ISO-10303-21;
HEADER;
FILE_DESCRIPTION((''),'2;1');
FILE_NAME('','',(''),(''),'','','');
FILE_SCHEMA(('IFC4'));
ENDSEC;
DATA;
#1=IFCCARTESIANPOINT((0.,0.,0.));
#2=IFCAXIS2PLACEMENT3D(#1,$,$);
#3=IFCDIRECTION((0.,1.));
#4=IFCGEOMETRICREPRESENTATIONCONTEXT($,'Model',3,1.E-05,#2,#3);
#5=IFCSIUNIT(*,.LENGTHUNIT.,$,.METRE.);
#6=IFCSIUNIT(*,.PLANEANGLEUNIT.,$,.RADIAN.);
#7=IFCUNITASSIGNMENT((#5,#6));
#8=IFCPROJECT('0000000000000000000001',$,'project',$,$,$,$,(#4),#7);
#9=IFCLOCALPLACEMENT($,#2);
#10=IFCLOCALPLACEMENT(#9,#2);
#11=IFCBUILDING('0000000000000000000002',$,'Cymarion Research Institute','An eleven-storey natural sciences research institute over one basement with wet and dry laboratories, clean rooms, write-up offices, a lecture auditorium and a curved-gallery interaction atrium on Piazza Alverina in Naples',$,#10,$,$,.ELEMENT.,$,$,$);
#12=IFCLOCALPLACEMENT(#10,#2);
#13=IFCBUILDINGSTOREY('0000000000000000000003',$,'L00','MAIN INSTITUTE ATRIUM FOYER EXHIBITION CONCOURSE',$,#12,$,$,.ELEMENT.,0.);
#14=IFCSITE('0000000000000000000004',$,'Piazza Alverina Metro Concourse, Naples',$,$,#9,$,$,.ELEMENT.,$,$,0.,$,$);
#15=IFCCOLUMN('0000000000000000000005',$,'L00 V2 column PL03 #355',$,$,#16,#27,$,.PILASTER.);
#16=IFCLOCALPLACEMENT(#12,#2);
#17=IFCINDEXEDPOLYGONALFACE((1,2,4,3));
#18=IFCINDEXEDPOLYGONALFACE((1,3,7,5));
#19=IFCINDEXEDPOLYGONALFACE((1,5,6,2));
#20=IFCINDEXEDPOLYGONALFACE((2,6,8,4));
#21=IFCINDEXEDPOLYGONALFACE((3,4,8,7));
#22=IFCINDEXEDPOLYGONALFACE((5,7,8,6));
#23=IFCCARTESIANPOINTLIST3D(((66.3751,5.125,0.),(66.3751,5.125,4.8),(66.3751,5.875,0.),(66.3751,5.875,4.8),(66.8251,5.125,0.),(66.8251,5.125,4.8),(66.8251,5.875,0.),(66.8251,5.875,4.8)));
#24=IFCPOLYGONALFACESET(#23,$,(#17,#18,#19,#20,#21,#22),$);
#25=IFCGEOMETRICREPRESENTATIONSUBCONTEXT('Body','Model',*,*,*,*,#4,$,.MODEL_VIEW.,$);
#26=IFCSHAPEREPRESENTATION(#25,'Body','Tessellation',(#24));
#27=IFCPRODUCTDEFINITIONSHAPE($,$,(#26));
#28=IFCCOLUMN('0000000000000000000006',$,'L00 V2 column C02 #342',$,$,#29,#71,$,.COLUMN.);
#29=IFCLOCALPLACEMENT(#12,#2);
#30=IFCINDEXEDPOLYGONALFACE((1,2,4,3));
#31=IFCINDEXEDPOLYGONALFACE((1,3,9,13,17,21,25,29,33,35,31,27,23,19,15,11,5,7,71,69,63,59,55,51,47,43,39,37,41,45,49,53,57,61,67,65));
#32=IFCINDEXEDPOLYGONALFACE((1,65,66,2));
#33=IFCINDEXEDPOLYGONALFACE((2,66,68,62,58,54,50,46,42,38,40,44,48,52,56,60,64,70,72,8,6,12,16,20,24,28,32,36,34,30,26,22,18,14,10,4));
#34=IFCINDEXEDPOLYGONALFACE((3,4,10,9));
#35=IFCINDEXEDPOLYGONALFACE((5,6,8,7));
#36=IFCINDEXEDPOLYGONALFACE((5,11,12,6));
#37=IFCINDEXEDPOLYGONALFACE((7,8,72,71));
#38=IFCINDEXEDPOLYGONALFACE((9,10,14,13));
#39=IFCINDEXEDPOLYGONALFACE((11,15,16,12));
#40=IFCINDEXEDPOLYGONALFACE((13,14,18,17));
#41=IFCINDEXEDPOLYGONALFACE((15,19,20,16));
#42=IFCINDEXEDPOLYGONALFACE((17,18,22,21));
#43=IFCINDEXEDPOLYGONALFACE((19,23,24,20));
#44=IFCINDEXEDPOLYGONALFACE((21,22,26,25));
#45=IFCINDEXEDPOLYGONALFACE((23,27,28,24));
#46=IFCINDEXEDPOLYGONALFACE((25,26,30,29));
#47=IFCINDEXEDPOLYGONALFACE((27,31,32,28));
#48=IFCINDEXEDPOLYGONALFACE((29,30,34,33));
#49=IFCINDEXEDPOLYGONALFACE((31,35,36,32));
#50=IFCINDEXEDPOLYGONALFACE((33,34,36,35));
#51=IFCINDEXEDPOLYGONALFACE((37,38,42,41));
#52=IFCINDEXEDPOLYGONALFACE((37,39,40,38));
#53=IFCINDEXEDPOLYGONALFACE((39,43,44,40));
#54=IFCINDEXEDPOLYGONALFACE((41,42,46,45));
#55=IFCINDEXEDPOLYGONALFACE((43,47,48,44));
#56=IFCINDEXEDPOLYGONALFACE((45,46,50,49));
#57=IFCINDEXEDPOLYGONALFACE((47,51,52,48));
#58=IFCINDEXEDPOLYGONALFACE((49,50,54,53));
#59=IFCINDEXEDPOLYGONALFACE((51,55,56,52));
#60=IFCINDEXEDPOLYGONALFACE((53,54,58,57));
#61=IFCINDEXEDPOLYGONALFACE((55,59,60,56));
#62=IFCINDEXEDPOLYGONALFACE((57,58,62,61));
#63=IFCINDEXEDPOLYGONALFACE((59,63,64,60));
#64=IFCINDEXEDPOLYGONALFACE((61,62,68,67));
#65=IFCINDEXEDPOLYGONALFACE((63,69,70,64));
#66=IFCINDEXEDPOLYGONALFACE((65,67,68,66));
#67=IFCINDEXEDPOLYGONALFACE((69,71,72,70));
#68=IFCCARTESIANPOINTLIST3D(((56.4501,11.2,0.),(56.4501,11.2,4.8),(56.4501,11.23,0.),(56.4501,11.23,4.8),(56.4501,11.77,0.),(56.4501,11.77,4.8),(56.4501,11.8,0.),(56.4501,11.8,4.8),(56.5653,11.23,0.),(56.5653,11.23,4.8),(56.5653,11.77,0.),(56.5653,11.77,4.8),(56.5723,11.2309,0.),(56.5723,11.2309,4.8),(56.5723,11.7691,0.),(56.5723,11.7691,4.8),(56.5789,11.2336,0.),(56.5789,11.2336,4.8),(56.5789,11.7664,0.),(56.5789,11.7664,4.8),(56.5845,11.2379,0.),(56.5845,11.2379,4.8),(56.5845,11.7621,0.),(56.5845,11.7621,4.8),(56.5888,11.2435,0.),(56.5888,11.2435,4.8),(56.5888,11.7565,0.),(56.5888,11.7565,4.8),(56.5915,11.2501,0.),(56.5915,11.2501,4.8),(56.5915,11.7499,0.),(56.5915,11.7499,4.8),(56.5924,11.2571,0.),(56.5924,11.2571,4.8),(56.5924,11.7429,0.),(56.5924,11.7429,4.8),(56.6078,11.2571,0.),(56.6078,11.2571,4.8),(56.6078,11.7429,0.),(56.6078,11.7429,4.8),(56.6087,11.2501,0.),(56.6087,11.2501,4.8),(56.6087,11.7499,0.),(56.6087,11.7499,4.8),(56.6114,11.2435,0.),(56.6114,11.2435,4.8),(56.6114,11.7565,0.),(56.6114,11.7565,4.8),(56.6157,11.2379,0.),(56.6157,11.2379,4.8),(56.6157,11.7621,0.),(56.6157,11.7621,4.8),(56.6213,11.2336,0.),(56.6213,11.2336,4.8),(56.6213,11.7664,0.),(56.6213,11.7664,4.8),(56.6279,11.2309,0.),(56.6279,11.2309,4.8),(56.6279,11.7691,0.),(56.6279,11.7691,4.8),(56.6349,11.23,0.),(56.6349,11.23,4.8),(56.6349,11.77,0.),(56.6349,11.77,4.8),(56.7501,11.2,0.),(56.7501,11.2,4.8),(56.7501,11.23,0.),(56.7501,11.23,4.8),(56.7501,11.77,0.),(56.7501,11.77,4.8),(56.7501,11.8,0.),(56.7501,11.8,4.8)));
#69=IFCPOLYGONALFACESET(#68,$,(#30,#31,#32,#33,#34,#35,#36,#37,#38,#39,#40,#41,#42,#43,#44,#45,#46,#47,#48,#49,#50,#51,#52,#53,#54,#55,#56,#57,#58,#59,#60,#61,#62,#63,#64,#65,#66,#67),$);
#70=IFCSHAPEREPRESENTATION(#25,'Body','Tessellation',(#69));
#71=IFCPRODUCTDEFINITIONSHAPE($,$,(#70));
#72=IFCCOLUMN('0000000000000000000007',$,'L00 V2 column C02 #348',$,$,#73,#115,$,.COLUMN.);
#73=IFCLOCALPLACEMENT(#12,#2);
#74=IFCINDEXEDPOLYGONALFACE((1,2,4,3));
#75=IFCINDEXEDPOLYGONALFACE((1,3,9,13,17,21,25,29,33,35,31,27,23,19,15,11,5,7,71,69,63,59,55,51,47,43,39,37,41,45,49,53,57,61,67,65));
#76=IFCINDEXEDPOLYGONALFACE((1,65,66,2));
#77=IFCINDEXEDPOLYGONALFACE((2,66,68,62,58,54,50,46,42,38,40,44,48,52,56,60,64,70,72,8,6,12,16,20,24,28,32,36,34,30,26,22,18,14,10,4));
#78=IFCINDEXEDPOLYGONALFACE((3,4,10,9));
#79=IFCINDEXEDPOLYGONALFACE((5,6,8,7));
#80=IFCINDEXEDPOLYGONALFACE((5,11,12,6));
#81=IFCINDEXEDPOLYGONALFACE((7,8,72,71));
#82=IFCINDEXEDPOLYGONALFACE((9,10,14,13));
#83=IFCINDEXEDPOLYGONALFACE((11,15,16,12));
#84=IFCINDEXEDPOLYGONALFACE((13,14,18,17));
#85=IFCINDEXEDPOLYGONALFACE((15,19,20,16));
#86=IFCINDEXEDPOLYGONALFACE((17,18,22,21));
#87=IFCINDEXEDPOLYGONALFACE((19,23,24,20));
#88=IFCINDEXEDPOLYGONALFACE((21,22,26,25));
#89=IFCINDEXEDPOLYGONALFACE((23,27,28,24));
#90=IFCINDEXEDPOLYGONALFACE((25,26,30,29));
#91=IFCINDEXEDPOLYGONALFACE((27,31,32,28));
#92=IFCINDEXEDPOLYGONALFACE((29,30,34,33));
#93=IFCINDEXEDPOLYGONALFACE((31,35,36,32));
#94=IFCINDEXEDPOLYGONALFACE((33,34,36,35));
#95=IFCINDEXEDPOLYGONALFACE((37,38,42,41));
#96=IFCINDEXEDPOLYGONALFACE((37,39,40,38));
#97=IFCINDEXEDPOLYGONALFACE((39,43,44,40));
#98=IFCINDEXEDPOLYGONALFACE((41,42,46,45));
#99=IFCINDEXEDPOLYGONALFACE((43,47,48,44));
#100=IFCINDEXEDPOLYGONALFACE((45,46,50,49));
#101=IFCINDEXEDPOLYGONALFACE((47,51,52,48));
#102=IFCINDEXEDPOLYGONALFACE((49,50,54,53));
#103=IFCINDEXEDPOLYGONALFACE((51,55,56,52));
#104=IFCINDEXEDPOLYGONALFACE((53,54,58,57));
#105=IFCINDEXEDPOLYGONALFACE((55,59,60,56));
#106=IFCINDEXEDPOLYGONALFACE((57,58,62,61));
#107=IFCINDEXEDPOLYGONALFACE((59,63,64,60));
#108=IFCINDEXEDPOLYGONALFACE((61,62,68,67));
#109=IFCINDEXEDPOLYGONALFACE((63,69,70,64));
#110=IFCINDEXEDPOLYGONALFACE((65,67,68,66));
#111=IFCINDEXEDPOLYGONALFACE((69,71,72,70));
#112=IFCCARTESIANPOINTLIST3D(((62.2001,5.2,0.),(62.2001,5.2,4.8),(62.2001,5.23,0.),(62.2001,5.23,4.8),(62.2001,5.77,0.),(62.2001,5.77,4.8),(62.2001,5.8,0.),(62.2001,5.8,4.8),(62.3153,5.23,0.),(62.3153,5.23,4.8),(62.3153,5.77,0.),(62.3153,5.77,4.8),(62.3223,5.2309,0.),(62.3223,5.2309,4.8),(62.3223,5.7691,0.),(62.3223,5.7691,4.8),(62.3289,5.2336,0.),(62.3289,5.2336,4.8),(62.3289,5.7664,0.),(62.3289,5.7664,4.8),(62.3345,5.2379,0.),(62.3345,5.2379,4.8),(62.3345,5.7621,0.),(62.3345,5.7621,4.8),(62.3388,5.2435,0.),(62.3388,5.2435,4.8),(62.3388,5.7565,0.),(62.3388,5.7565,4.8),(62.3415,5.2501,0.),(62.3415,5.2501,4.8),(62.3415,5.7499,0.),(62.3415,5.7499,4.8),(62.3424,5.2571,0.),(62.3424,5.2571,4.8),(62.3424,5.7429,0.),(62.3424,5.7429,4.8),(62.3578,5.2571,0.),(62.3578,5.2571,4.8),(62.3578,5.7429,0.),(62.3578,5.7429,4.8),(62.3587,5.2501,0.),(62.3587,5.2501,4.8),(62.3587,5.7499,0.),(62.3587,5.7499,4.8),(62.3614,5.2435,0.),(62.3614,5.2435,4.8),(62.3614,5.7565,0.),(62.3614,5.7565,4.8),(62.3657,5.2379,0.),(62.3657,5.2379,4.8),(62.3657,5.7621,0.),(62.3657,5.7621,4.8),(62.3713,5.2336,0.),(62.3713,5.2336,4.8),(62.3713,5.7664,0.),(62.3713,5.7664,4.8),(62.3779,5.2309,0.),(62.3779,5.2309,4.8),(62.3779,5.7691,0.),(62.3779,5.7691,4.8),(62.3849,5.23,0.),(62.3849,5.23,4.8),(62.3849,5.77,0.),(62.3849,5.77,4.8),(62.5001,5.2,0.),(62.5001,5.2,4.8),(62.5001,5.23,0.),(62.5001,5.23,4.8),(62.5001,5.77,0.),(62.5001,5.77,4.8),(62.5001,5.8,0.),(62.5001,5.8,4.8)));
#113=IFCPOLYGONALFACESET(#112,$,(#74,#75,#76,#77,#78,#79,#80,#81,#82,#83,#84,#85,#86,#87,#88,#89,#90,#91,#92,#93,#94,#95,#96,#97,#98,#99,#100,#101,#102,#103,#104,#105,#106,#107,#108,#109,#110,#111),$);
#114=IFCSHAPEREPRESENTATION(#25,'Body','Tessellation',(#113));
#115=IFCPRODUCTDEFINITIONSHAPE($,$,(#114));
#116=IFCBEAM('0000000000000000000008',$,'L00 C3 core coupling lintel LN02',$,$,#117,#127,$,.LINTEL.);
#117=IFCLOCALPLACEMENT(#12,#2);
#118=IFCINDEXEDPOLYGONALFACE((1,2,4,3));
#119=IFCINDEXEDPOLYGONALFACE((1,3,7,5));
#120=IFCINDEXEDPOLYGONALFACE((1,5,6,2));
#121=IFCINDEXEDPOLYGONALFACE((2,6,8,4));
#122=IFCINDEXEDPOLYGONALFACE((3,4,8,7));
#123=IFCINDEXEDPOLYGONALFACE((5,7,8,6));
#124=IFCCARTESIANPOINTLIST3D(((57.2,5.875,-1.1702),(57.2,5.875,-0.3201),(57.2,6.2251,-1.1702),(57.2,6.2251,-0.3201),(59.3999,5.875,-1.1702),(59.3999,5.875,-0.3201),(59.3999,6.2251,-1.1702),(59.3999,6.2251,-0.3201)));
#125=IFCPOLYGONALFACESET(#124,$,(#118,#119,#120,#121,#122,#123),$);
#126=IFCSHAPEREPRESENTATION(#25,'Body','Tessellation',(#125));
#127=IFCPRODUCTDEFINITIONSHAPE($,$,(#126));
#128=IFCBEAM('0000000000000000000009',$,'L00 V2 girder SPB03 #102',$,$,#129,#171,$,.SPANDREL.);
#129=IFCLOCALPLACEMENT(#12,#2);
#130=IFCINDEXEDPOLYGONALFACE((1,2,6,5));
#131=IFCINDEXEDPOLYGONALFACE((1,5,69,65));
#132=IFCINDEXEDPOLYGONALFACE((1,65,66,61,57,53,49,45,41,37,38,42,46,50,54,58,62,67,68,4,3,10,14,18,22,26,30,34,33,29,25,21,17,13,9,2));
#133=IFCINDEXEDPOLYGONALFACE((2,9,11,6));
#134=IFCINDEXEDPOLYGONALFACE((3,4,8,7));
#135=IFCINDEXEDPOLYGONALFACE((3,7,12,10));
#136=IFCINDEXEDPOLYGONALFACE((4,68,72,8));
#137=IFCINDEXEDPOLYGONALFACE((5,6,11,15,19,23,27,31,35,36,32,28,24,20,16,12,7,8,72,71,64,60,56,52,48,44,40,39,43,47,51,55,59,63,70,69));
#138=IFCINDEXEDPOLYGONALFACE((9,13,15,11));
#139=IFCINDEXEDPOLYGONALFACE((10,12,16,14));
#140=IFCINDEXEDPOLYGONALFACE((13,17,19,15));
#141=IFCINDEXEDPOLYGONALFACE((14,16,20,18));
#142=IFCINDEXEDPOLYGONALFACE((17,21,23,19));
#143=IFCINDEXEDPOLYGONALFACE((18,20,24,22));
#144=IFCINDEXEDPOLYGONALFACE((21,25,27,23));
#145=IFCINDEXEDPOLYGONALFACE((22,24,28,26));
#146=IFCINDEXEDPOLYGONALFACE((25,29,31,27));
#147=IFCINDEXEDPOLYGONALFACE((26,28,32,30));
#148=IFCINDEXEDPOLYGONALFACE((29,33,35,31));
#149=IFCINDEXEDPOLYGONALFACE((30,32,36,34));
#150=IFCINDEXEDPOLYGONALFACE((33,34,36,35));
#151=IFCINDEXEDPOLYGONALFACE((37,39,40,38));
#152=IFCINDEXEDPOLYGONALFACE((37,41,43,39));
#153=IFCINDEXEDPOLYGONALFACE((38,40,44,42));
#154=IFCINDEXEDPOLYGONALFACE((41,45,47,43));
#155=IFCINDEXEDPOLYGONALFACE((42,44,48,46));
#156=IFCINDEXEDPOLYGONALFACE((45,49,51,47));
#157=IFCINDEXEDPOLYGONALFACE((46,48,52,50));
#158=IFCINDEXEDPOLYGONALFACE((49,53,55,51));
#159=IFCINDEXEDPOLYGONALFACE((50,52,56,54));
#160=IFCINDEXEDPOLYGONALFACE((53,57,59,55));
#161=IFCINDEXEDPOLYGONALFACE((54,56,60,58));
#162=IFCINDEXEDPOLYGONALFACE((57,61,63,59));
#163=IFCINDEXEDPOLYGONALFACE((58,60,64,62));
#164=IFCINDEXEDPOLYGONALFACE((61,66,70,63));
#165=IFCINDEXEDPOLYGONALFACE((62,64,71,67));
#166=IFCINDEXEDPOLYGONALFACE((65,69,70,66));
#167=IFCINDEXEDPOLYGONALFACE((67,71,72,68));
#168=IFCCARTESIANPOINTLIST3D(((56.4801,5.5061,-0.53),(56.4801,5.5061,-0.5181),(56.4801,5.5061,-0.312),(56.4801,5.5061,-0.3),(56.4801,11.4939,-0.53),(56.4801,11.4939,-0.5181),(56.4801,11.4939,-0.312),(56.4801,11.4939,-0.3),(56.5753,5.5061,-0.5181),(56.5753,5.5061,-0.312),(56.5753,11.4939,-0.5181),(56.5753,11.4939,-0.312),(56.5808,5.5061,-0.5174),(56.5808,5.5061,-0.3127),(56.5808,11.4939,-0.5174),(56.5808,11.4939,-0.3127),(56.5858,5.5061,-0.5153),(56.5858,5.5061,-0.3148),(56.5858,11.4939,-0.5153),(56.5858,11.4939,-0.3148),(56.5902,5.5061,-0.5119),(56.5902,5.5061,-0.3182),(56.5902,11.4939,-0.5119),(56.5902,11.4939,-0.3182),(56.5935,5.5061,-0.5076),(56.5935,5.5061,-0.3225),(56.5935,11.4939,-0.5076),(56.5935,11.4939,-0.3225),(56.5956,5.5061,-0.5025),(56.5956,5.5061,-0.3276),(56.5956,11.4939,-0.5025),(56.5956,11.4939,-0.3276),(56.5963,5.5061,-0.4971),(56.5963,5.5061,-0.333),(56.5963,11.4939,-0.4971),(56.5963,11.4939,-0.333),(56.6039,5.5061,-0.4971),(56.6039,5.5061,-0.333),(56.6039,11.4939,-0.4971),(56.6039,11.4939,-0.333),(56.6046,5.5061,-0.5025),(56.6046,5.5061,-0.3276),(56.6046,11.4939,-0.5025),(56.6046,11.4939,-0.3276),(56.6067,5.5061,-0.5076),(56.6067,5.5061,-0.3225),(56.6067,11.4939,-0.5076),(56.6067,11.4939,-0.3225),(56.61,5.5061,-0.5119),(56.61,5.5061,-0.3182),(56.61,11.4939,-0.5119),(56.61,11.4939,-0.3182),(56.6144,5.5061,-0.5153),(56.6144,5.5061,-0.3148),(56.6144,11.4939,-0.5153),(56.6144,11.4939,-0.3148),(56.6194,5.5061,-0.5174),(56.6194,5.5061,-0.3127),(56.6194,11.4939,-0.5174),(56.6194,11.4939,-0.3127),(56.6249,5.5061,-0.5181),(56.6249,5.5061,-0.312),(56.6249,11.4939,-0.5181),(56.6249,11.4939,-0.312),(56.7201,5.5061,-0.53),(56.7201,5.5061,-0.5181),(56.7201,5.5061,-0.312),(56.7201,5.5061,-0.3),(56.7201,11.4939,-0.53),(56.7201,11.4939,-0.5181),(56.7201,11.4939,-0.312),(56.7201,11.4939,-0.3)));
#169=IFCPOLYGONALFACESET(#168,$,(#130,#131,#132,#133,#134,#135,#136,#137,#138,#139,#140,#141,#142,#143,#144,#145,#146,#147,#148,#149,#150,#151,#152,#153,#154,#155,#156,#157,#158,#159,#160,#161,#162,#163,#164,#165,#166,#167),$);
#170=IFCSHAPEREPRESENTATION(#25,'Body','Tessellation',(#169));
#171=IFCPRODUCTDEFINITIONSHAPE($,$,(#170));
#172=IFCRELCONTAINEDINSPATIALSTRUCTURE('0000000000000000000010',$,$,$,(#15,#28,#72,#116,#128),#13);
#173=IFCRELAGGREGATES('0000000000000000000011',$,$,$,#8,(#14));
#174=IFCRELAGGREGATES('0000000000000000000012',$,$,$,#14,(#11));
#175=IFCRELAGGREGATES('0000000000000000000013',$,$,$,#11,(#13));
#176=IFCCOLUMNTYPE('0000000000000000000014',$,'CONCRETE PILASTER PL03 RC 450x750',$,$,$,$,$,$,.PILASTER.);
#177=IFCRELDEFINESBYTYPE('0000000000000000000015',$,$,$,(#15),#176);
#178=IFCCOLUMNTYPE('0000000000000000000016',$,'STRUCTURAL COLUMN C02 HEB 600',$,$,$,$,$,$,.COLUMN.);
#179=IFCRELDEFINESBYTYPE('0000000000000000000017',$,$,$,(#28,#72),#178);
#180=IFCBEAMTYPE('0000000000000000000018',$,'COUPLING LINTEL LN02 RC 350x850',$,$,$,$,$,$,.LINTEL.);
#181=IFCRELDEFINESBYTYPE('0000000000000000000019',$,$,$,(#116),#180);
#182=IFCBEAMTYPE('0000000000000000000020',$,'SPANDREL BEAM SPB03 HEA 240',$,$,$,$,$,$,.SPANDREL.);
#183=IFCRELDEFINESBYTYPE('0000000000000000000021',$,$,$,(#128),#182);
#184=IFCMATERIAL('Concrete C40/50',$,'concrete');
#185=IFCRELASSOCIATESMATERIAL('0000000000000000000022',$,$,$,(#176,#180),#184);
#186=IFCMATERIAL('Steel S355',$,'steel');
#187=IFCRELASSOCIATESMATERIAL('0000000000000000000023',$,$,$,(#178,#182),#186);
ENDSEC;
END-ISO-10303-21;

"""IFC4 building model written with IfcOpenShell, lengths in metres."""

from ifc_helpers import new_model, si_unit, direction, frame, origin, origin_2d, place, context, subcontext, project, spatial, rectangle, i_section, extrude, material, material_profile, profile_set, type_object, element, save


model = new_model("IFC4")

# Units and contexts
model_context = context("Model", 3, precision=1e-05, world=origin(), true_north=direction((0.0, 1.0)))
body_context = subcontext(model_context, "Body", "Model", "MODEL_VIEW")
ifc_project = project(units=[si_unit("LENGTHUNIT", "METRE"), si_unit("PLANEANGLEUNIT", "RADIAN")], contexts=[model_context])

# Site, building, storey
site_placement = place(None, origin())
site = spatial("IfcSite", under=ifc_project, at=site_placement, Name="Piazza Alverina Metro Concourse, Naples", CompositionType="ELEMENT", RefElevation=0.0)
building_placement = place(site_placement, origin())
building = spatial("IfcBuilding", under=site, at=building_placement, Name="Cymarion Research Institute", Description="An eleven-storey natural sciences research institute over one basement with wet and dry laboratories, clean rooms, write-up offices, a lecture auditorium and a curved-gallery interaction atrium on Piazza Alverina in Naples", CompositionType="ELEMENT")
storey_placement = place(building_placement, origin())
storey = spatial("IfcBuildingStorey", under=building, at=storey_placement, Name="L00", Description="MAIN INSTITUTE ATRIUM FOYER EXHIBITION CONCOURSE", CompositionType="ELEMENT", Elevation=0.0)

# Columns
ifc_material_1 = material(Name="Concrete C40/50", Category="concrete")
ifc_material_profile_1 = material_profile(ifc_material_1, rectangle(XDim=0.45, YDim=0.75, at=origin_2d()), Name="RC 450x750")
ifc_profile_set_1 = profile_set([ifc_material_profile_1], Name="Concrete C40/50")
column_type_1 = type_object("IfcColumnType", Name="CONCRETE PILASTER PL03 RC 450x750", PredefinedType="PILASTER", material=ifc_profile_set_1)
column_placement = place(storey_placement, frame((66.6001, 5.5, 0.0), z_axis=(0.0, 0.0, 1.0), x_axis=(1.0, 0.0, 0.0)))
element("IfcColumn", 1, at=column_placement, inside=storey, type_object=column_type_1, Name="L00 V2 column PL03 #355", PredefinedType="PILASTER", context=body_context, shape_type="SweptSolid", body=[
    extrude(rectangle(XDim=0.45, YDim=0.75, at=origin_2d()), origin(), (0.0, 0.0, 1.0), 4.8),
])
ifc_material_2 = material(Name="Steel S355", Category="steel")
ifc_material_profile_2 = material_profile(ifc_material_2, i_section(OverallWidth=0.3, OverallDepth=0.6001, WebThickness=0.0154, FlangeThickness=0.03, FilletRadius=0.0271, at=origin_2d()), Name="HEB 600")
ifc_profile_set_2 = profile_set([ifc_material_profile_2], Name="Steel S355")
column_type_2 = type_object("IfcColumnType", Name="STRUCTURAL COLUMN C02 HEB 600", PredefinedType="COLUMN", material=ifc_profile_set_2)
for number, where, z_axis, x_axis, name in (
    (2, (56.6001, 11.5, 0.0), (0.0, 0.0, 1.0), (1.0, 0.0, 0.0), "L00 V2 column C02 #342"),
    (3, (62.3501, 5.5, 0.0), (0.0, 0.0, 1.0), (1.0, 0.0, 0.0), "L00 V2 column C02 #348"),
):
    element("IfcColumn", number, at=place(storey_placement, frame(where, z_axis=z_axis, x_axis=x_axis)), inside=storey, type_object=column_type_2, Name=name, PredefinedType="COLUMN", context=body_context, shape_type="SweptSolid", body=[
        extrude(i_section(OverallWidth=0.3, OverallDepth=0.6001, WebThickness=0.0154, FlangeThickness=0.03, FilletRadius=0.0271, at=origin_2d()), origin(), (0.0, 0.0, 1.0), 4.8),
    ])

# Beams
ifc_material_profile_3 = material_profile(ifc_material_1, rectangle(XDim=0.3501, YDim=0.8501, at=origin_2d()), Name="RC 350x850")
ifc_profile_set_3 = profile_set([ifc_material_profile_3], Name="Concrete C40/50")
beam_type_1 = type_object("IfcBeamType", Name="COUPLING LINTEL LN02 RC 350x850", PredefinedType="LINTEL", material=ifc_profile_set_3)
beam_1_placement = place(storey_placement, frame((57.2, 6.05, -0.7451), z_axis=(1.0, 0.0, 0.0), x_axis=(0.0, 1.0, 0.0)))
element("IfcBeam", 4, at=beam_1_placement, inside=storey, type_object=beam_type_1, Name="L00 C3 core coupling lintel LN02", PredefinedType="LINTEL", context=body_context, shape_type="SweptSolid", body=[
    extrude(rectangle(XDim=0.3501, YDim=0.8501, at=origin_2d()), origin(), (0.0, 0.0, 1.0), 2.2),
])
ifc_material_profile_4 = material_profile(ifc_material_2, i_section(OverallWidth=0.24, OverallDepth=0.23, WebThickness=0.0076, FlangeThickness=0.012, FilletRadius=0.021, at=origin_2d()), Name="HEA 240")
ifc_profile_set_4 = profile_set([ifc_material_profile_4], Name="Steel S355")
beam_type_2 = type_object("IfcBeamType", Name="SPANDREL BEAM SPB03 HEA 240", PredefinedType="SPANDREL", material=ifc_profile_set_4)
beam_2_placement = place(storey_placement, frame((56.6001, 5.5061, -0.415), z_axis=(0.0, 1.0, 0.0), x_axis=(-1.0, 0.0, 0.0)))
element("IfcBeam", 5, at=beam_2_placement, inside=storey, type_object=beam_type_2, Name="L00 V2 girder SPB03 #102", PredefinedType="SPANDREL", context=body_context, shape_type="SweptSolid", body=[
    extrude(i_section(OverallWidth=0.24, OverallDepth=0.23, WebThickness=0.0076, FlangeThickness=0.012, FilletRadius=0.021, at=origin_2d()), origin(), (0.0, 0.0, 1.0), 5.9878),
])

save(model, "model.ifc")
